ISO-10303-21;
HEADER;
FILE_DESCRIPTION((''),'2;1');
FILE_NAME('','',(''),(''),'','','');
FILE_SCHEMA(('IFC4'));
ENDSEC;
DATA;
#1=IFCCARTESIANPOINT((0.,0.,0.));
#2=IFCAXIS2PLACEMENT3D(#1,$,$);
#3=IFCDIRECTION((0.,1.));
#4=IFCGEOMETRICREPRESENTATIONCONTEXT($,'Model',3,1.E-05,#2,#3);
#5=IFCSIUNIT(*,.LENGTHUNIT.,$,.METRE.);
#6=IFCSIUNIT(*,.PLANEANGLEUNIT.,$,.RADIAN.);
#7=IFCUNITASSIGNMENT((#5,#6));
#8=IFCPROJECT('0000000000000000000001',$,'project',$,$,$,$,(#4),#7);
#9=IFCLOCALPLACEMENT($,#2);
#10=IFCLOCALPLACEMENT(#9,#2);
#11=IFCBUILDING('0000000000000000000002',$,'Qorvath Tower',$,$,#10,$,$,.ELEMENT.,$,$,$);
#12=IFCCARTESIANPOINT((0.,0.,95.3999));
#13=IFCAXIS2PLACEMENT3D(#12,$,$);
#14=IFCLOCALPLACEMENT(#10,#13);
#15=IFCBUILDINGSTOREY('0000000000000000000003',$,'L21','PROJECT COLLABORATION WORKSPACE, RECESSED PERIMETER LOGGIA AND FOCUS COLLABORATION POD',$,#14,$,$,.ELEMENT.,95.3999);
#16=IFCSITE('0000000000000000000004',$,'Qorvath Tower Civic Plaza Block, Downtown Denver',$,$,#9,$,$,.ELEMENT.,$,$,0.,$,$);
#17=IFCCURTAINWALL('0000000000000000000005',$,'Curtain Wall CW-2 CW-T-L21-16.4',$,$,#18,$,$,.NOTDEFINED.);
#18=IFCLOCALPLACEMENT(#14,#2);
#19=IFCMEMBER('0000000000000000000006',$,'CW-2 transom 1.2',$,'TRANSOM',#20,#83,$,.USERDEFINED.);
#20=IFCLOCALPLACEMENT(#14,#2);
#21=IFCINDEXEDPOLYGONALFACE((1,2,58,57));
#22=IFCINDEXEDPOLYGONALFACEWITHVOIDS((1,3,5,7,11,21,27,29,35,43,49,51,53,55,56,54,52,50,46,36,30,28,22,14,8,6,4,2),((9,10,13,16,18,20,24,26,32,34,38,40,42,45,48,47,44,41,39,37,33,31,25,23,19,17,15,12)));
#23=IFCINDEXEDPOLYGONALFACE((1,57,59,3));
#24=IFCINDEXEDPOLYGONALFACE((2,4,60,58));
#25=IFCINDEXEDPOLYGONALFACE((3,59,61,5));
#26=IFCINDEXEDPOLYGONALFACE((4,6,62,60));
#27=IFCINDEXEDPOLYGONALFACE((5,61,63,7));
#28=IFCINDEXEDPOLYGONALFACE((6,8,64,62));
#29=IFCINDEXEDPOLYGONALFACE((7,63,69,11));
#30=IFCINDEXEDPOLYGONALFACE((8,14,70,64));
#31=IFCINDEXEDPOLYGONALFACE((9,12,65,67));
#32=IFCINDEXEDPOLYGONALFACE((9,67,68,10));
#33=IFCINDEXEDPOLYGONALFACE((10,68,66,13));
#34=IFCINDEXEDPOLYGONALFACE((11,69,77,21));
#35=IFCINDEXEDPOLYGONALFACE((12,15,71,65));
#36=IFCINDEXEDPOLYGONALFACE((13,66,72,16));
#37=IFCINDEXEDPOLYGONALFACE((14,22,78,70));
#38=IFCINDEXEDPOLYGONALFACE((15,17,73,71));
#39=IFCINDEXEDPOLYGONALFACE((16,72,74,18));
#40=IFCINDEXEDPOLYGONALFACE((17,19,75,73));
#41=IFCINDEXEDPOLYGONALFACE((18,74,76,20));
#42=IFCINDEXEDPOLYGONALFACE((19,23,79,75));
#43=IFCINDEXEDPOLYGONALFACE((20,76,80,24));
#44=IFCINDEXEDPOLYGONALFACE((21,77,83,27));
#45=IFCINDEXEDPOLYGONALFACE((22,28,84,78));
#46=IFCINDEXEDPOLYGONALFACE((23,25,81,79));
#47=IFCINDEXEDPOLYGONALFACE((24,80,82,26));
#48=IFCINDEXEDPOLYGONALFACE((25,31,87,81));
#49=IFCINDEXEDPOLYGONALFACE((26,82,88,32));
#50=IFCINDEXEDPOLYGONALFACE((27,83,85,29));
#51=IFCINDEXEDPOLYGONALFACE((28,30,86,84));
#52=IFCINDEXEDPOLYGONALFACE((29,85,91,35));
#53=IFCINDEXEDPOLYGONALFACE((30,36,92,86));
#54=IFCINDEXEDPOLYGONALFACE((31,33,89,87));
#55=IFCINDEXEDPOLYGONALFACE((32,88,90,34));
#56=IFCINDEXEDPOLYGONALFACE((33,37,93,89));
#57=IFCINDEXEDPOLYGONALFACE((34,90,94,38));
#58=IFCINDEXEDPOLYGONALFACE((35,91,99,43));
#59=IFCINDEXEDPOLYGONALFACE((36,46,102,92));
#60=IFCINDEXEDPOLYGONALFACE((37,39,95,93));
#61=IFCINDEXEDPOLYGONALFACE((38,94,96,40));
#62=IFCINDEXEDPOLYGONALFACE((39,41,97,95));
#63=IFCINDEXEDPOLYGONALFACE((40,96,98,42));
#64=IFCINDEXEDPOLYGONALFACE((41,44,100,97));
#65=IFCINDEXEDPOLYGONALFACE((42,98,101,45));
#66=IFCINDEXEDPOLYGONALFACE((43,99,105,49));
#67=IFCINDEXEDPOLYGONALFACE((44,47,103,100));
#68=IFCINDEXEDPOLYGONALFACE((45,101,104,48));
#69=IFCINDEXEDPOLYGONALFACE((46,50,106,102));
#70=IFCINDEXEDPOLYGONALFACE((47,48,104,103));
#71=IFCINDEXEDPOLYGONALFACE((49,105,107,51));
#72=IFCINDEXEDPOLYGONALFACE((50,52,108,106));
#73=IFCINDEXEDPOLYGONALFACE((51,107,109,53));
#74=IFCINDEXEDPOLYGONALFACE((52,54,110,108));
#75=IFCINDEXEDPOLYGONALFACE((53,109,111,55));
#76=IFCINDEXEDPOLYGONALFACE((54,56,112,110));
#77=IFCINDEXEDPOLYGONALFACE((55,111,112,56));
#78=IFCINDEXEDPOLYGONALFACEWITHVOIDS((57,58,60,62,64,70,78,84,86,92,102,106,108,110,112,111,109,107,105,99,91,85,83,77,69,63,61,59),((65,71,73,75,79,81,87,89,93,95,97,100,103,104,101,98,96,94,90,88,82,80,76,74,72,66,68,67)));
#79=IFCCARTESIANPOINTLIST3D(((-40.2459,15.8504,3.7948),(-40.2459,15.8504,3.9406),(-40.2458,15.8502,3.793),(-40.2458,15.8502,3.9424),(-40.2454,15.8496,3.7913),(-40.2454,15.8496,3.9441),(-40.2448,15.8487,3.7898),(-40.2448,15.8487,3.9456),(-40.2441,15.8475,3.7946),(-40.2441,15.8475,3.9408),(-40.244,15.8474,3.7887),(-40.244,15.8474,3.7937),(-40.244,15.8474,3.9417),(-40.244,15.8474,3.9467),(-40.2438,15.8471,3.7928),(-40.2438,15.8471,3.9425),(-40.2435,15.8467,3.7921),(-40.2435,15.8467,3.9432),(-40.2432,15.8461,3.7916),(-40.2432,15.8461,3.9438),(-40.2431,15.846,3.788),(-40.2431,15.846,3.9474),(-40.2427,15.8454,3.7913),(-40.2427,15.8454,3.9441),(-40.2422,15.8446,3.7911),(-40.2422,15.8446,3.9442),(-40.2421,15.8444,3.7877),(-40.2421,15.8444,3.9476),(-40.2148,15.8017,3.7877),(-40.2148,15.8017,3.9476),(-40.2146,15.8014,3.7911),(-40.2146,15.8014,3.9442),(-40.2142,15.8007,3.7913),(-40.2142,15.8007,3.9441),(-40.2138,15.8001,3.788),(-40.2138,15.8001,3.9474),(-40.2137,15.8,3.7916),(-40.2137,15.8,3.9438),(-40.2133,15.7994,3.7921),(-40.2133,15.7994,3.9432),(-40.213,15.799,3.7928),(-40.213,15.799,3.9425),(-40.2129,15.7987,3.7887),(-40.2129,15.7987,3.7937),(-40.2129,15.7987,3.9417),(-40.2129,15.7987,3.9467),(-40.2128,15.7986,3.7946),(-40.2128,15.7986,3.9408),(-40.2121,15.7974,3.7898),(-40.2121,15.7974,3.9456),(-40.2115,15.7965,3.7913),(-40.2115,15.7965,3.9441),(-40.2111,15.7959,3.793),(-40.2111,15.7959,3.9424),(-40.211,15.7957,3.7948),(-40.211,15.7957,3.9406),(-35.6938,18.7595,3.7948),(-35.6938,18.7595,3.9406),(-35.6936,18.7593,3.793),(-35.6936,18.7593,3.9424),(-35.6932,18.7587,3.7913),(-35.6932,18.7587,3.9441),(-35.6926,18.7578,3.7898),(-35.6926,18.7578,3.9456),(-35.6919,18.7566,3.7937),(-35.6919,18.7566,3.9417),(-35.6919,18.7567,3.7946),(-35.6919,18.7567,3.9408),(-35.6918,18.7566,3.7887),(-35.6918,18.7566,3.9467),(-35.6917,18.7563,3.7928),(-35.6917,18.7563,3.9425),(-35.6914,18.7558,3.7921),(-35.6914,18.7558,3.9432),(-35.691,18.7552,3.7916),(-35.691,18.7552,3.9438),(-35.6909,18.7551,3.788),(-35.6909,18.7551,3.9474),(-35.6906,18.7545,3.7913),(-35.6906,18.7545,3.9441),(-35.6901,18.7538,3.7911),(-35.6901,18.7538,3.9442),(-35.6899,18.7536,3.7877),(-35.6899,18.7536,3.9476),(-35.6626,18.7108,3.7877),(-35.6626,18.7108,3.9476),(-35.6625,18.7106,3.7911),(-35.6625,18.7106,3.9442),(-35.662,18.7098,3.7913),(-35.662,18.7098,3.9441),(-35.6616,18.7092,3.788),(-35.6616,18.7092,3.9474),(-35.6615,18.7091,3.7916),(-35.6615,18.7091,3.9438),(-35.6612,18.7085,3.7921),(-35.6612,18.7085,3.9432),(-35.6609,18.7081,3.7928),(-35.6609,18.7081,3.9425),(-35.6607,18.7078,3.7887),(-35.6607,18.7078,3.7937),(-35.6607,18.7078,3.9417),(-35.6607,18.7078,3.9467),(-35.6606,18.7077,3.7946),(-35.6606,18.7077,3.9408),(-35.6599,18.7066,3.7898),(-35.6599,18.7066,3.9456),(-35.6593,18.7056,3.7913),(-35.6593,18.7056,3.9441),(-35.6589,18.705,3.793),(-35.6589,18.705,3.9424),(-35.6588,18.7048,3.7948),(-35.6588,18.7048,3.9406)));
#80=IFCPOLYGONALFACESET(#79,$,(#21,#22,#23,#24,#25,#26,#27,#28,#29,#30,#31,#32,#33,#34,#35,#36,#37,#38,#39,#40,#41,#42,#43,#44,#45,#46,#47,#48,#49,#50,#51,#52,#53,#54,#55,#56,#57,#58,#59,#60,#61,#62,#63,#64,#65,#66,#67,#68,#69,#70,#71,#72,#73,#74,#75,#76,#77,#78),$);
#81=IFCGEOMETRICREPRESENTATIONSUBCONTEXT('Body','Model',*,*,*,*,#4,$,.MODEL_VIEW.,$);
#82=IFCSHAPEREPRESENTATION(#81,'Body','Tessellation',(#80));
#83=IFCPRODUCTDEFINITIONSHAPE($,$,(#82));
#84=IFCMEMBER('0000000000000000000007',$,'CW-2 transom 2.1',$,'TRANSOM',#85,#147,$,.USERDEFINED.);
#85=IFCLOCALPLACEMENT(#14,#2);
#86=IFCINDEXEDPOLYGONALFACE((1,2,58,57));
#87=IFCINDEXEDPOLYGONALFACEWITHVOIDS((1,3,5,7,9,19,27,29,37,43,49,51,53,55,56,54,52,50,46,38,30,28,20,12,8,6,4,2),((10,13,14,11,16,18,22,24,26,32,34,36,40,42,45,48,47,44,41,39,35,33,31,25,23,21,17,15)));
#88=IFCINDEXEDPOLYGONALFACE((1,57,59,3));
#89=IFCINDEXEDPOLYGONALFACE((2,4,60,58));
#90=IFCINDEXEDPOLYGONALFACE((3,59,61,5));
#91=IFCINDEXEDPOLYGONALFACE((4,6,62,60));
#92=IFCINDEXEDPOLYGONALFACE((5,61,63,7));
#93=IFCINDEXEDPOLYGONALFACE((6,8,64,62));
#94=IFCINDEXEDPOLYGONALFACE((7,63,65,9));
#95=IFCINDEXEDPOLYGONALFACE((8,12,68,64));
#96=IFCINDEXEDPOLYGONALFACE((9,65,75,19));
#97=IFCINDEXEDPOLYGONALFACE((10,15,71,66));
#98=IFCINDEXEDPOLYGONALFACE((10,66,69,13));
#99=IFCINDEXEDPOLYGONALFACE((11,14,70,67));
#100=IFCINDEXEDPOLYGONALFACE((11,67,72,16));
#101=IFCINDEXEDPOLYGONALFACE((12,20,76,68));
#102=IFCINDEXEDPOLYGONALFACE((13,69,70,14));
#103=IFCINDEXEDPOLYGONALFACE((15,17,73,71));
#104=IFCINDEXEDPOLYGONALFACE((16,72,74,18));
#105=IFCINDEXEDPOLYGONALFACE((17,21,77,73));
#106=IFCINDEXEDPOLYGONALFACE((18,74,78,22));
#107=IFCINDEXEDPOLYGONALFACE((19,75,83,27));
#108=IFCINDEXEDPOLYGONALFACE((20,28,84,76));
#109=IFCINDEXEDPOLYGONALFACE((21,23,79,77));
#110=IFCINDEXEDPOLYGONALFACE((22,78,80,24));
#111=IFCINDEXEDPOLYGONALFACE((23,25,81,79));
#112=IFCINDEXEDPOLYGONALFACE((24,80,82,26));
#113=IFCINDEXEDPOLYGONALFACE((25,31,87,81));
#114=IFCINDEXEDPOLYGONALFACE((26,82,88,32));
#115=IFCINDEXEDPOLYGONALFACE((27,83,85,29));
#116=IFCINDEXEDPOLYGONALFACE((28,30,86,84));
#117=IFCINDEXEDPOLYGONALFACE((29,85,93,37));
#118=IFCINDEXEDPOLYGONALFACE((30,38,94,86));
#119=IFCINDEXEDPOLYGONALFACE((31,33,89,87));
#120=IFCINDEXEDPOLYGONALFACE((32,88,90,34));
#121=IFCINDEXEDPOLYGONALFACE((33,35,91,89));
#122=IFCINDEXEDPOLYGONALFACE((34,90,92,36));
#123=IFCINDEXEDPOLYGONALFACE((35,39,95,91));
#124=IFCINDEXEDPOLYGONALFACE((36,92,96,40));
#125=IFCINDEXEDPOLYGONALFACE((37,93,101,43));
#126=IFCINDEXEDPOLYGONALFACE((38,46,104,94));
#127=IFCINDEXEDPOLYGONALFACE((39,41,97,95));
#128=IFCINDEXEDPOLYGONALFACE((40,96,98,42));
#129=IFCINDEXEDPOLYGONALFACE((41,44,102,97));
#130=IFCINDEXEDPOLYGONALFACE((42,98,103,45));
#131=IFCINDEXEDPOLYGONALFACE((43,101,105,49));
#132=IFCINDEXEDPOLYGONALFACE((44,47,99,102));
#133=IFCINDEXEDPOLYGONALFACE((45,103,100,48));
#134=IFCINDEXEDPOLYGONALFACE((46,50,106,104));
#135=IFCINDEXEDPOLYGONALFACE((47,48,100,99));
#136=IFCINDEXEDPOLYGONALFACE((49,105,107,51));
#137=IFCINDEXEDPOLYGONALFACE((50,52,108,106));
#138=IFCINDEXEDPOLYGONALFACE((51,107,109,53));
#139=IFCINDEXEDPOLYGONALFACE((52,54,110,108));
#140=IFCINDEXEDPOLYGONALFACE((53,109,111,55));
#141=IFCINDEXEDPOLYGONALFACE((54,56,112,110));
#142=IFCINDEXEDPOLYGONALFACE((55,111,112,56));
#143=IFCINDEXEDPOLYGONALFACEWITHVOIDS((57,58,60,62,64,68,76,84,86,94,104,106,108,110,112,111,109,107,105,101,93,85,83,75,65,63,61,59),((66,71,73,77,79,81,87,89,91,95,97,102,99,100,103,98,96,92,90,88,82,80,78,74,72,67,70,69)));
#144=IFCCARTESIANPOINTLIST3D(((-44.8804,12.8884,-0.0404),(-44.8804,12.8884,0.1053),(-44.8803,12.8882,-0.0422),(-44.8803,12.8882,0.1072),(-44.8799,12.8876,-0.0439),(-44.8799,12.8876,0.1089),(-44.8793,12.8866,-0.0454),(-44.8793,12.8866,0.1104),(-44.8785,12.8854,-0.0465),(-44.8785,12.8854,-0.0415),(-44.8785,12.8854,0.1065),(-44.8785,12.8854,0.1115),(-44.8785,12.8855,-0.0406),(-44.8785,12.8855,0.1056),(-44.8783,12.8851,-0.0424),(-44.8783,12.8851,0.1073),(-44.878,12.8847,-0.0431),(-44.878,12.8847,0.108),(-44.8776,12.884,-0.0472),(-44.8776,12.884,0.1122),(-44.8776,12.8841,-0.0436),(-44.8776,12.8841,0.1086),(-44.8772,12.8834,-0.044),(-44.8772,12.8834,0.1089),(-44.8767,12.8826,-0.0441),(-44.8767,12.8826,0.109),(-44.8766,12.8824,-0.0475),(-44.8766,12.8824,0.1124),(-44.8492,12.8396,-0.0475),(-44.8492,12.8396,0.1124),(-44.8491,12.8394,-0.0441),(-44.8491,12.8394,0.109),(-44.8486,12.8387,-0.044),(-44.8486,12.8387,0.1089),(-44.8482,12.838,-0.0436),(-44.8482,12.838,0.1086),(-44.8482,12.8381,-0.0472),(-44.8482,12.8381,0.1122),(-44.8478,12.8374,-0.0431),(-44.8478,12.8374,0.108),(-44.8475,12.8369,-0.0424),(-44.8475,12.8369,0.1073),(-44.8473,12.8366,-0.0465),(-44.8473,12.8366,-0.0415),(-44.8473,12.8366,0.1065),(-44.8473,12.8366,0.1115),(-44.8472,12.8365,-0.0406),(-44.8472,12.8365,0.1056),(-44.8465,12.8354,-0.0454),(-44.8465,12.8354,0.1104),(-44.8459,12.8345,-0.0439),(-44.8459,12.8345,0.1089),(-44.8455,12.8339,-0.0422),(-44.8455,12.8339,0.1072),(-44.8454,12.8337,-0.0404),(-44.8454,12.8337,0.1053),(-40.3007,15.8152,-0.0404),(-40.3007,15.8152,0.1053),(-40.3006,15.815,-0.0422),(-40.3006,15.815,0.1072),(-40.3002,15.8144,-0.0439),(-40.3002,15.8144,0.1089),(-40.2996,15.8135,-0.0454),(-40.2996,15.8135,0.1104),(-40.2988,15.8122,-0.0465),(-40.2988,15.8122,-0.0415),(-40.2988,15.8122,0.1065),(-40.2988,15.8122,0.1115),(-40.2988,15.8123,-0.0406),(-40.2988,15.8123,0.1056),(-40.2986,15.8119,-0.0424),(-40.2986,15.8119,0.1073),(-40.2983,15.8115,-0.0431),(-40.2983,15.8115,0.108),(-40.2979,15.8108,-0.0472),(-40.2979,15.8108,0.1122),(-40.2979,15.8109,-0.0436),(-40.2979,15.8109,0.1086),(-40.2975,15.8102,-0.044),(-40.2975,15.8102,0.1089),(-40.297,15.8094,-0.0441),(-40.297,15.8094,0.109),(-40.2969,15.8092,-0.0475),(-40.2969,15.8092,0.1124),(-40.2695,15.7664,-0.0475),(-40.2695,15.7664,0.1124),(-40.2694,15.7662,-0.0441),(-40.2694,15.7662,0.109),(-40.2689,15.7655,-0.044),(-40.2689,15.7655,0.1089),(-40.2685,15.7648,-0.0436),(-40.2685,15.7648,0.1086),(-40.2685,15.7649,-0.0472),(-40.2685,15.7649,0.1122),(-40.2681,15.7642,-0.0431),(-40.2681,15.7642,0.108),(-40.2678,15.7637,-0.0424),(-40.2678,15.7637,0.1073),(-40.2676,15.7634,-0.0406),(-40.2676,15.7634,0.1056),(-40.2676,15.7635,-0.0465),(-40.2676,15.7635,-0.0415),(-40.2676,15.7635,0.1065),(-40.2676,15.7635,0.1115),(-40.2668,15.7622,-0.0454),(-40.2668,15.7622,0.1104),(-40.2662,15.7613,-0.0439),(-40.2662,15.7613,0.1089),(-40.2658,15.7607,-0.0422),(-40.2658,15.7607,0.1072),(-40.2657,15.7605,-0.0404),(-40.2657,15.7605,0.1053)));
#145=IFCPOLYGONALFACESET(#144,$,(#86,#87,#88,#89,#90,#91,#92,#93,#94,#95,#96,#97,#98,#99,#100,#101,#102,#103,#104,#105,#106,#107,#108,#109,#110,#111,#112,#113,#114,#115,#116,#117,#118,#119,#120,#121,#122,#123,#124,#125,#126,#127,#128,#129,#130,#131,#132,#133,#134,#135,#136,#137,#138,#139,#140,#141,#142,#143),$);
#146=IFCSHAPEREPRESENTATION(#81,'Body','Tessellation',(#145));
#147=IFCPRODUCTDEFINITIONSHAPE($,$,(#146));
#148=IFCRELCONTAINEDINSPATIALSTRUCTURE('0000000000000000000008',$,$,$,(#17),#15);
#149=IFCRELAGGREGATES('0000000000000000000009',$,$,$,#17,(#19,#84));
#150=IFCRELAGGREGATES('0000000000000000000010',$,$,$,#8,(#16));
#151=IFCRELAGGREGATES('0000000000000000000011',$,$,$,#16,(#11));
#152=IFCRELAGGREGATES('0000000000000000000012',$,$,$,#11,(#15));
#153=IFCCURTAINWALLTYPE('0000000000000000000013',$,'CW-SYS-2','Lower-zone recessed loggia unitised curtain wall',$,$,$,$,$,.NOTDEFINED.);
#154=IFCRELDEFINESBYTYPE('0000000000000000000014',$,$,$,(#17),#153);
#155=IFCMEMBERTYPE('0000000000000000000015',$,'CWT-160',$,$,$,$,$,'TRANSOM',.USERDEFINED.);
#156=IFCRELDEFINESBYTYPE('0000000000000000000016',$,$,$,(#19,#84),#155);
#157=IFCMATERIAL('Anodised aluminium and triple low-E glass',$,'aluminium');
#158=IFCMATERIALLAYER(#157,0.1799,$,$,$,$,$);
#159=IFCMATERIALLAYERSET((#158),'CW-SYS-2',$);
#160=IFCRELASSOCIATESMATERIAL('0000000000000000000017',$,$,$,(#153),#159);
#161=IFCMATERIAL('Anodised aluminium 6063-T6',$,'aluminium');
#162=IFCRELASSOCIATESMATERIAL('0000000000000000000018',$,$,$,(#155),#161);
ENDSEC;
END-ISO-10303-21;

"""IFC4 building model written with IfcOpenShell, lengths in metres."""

from ifc_helpers import new_model, si_unit, direction, frame, origin, origin_2d, place, context, subcontext, project, spatial, hollow_rectangle, extrude, material, layer, layer_set, material_profile, profile_set, type_object, element, aggregate, save


model = new_model("IFC4")

# Units and contexts
model_context = context("Model", 3, precision=1e-05, world=origin(), true_north=direction((0.0, 1.0)))
body_context = subcontext(model_context, "Body", "Model", "MODEL_VIEW")
ifc_project = project(units=[si_unit("LENGTHUNIT", "METRE"), si_unit("PLANEANGLEUNIT", "RADIAN")], contexts=[model_context])

# Site, building, storey
site_placement = place(None, origin())
site = spatial("IfcSite", under=ifc_project, at=site_placement, Name="Qorvath Tower Civic Plaza Block, Downtown Denver", CompositionType="ELEMENT", RefElevation=0.0)
building_placement = place(site_placement, origin())
building = spatial("IfcBuilding", under=site, at=building_placement, Name="Qorvath Tower", CompositionType="ELEMENT")
storey_placement = place(building_placement, frame((0.0, 0.0, 95.3999)))
storey = spatial("IfcBuildingStorey", under=building, at=storey_placement, Name="L21", Description="PROJECT COLLABORATION WORKSPACE, RECESSED PERIMETER LOGGIA AND FOCUS COLLABORATION POD", CompositionType="ELEMENT", Elevation=95.3999)

# Shared definitions
ifc_material_1 = material(Name="Anodised aluminium and triple low-E glass", Category="aluminium")
ifc_layer_1 = layer(ifc_material_1, 0.1799)
ifc_layer_set_1 = layer_set([ifc_layer_1], Name="CW-SYS-2")
curtain_wall_type = type_object("IfcCurtainWallType", Name="CW-SYS-2", Description="Lower-zone recessed loggia unitised curtain wall", PredefinedType="NOTDEFINED", material=ifc_layer_set_1)

# Curtain wall, members
curtain_wall_1_placement = place(storey_placement, origin())
curtain_wall_1 = element("IfcCurtainWall", 1, at=curtain_wall_1_placement, inside=storey, type_object=curtain_wall_type, Name="Curtain Wall CW-2 CW-T-L21-16.4", PredefinedType="NOTDEFINED")
ifc_material_2 = material(Name="Anodised aluminium 6063-T6", Category="aluminium")
ifc_material_profile_1 = material_profile(ifc_material_2, hollow_rectangle(XDim=0.0649, YDim=0.1599, WallThickness=0.0034, InnerFilletRadius=0.0034, OuterFilletRadius=0.0071, at=origin_2d()), Name="CWT 160x65")
ifc_profile_set_1 = profile_set([ifc_material_profile_1], Name="Anodised aluminium 6063-T6")
member_type_1 = type_object("IfcMemberType", Name="CWT-160", ElementType="TRANSOM", PredefinedType="USERDEFINED", material=ifc_profile_set_1)
member_1_placement = place(storey_placement, frame((-35.6763, 18.7322, 3.8677), z_axis=(-0.842629, -0.538494, 0.0), x_axis=(0.538494, -0.842629, 0.0)))
member_1 = element("IfcMember", 2, at=member_1_placement, type_object=member_type_1, Name="CW-2 transom 1.2", ObjectType="TRANSOM", PredefinedType="USERDEFINED", context=body_context, shape_type="SweptSolid", body=[
    extrude(hollow_rectangle(XDim=0.0649, YDim=0.1599, WallThickness=0.0034, InnerFilletRadius=0.0034, OuterFilletRadius=0.0071, at=origin_2d()), origin(), (0.0, 0.0, 1.0), 5.4023),
])
member_2_placement = place(storey_placement, frame((-40.2832, 15.7878, 0.0325), z_axis=(-0.84262, -0.538508, 0.0), x_axis=(0.538508, -0.84262, 0.0)))
member_2 = element("IfcMember", 3, at=member_2_placement, type_object=member_type_1, Name="CW-2 transom 2.1", ObjectType="TRANSOM", PredefinedType="USERDEFINED", context=body_context, shape_type="SweptSolid", body=[
    extrude(hollow_rectangle(XDim=0.0649, YDim=0.1599, WallThickness=0.0034, InnerFilletRadius=0.0034, OuterFilletRadius=0.0071, at=origin_2d()), origin(), (0.0, 0.0, 1.0), 5.4351),
])
aggregate(curtain_wall_1, [member_1, member_2])

save(model, "model.ifc")
